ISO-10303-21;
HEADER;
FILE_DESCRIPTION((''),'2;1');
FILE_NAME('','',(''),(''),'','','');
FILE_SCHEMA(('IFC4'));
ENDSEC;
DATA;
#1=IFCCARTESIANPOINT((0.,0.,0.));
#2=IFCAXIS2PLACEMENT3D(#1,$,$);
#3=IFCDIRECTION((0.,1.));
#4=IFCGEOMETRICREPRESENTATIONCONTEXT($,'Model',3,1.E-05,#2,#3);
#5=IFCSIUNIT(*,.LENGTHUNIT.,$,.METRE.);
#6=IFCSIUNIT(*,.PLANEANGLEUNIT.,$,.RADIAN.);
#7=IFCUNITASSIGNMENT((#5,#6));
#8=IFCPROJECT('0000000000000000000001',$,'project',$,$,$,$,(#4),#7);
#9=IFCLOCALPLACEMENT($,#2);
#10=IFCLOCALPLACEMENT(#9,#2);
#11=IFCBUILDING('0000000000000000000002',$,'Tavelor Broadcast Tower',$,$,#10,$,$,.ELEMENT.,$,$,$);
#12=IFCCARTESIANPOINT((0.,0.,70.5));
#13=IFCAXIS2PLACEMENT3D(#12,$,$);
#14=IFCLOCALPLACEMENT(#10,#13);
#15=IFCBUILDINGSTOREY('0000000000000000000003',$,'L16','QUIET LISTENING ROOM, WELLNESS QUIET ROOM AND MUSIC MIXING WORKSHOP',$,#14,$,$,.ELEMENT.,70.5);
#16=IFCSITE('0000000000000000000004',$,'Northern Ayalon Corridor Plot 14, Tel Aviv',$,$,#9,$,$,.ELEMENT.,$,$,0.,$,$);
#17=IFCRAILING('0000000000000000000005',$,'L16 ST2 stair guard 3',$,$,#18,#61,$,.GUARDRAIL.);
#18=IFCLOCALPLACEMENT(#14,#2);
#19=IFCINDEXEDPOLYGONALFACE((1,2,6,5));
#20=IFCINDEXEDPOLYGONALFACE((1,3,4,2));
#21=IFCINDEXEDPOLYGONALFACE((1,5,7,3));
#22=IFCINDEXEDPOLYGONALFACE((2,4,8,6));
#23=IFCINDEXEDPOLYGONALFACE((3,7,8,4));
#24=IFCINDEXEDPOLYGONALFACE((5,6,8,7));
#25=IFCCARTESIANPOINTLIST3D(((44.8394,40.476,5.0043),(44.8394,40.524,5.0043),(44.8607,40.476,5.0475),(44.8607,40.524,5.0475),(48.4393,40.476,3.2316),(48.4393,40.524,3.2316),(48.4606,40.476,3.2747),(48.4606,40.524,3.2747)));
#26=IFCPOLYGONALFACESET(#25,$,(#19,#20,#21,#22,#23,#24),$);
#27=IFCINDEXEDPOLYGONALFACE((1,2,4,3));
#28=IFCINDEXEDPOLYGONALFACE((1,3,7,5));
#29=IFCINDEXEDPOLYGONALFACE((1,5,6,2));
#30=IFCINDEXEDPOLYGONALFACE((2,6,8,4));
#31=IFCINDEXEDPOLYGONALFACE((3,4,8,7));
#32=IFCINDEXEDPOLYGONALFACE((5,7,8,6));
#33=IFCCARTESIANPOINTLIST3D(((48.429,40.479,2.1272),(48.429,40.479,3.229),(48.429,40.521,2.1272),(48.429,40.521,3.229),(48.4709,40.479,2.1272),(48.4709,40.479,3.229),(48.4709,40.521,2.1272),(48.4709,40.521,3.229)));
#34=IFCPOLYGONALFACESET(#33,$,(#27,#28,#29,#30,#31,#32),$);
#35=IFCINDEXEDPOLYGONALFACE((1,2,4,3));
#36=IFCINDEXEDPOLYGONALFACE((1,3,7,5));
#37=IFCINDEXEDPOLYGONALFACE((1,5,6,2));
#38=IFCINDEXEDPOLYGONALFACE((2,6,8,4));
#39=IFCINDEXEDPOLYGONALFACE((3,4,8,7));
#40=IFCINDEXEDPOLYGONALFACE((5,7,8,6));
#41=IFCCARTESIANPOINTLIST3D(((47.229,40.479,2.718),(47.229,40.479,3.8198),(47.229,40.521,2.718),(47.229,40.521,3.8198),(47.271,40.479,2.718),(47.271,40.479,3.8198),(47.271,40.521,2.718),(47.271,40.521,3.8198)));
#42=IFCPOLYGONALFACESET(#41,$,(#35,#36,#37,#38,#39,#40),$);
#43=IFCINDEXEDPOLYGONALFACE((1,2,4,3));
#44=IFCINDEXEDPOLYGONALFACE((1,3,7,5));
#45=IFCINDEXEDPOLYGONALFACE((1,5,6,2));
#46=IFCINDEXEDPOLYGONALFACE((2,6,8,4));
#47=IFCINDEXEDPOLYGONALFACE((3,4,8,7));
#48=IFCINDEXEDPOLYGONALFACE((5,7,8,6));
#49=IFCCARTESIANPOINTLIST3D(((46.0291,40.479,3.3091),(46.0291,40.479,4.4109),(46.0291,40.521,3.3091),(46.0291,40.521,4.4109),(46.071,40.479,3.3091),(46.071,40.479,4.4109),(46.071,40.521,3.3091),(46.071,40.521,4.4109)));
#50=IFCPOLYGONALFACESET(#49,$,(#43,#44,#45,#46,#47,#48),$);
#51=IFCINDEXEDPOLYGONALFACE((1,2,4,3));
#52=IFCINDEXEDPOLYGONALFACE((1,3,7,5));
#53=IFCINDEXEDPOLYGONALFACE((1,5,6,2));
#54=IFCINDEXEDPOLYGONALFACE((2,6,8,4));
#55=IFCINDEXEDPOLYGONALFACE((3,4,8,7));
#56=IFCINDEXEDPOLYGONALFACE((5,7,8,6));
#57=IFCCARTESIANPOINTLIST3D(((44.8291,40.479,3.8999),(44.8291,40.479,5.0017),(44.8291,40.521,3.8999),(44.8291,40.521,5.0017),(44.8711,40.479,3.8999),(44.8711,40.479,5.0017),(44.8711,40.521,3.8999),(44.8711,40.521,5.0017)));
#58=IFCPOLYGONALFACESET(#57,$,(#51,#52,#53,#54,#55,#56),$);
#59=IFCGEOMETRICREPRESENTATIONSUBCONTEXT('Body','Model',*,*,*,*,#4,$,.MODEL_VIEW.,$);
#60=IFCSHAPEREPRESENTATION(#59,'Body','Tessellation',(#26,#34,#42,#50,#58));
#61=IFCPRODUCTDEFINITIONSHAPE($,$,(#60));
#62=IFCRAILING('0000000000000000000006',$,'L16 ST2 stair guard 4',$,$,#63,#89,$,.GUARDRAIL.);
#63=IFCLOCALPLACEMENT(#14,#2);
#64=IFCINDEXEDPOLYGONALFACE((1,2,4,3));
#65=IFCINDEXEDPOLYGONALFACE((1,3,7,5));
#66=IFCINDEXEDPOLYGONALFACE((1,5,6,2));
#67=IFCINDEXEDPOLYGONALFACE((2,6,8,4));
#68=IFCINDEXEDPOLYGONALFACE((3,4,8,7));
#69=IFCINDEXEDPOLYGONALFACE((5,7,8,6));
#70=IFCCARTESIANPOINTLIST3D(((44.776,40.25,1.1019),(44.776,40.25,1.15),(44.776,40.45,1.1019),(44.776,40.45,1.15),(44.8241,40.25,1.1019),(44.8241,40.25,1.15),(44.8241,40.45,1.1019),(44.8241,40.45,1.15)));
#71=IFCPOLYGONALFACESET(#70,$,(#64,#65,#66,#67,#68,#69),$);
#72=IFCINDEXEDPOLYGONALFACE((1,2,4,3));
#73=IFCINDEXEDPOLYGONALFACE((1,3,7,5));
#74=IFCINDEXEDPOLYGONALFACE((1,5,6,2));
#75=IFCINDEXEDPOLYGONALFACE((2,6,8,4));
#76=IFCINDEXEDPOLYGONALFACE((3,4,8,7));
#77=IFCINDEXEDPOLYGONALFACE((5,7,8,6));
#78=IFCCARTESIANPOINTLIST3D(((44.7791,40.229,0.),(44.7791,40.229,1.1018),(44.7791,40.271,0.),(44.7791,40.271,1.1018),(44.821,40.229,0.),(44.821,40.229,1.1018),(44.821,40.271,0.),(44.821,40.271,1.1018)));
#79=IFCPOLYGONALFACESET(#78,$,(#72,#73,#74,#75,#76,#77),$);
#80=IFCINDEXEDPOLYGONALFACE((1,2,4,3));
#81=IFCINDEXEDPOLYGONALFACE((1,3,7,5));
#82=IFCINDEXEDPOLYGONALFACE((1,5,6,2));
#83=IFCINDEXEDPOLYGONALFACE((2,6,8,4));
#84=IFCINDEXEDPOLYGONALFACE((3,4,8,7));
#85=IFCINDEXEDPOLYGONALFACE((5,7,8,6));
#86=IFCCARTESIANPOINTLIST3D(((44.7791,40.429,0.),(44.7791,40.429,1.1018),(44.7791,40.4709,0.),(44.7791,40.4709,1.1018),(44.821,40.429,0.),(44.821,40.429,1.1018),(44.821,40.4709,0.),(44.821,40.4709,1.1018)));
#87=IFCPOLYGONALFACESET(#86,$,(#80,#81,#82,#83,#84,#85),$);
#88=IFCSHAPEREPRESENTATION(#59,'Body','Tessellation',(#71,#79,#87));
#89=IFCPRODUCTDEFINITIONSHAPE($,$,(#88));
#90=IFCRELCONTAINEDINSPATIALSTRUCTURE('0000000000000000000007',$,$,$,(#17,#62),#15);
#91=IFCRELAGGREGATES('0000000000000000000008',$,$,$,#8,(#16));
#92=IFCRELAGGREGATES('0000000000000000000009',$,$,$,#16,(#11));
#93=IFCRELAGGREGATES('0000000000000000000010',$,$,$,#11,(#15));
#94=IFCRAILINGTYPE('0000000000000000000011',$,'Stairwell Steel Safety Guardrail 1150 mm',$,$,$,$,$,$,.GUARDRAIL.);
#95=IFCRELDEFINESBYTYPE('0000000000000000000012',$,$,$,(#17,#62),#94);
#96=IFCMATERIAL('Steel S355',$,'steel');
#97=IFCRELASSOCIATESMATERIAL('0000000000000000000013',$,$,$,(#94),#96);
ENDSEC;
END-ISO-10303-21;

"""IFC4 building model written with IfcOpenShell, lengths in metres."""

from ifc_helpers import new_model, si_unit, direction, frame, origin, origin_2d, place, context, subcontext, project, spatial, rectangle, extrude, material, type_object, element, save


model = new_model("IFC4")

# Units and contexts
model_context = context("Model", 3, precision=1e-05, world=origin(), true_north=direction((0.0, 1.0)))
body_context = subcontext(model_context, "Body", "Model", "MODEL_VIEW")
ifc_project = project(units=[si_unit("LENGTHUNIT", "METRE"), si_unit("PLANEANGLEUNIT", "RADIAN")], contexts=[model_context])

# Site, building, storey
site_placement = place(None, origin())
site = spatial("IfcSite", under=ifc_project, at=site_placement, Name="Northern Ayalon Corridor Plot 14, Tel Aviv", CompositionType="ELEMENT", RefElevation=0.0)
building_placement = place(site_placement, origin())
building = spatial("IfcBuilding", under=site, at=building_placement, Name="Tavelor Broadcast Tower", CompositionType="ELEMENT")
storey_placement = place(building_placement, frame((0.0, 0.0, 70.5)))
storey = spatial("IfcBuildingStorey", under=building, at=storey_placement, Name="L16", Description="QUIET LISTENING ROOM, WELLNESS QUIET ROOM AND MUSIC MIXING WORKSHOP", CompositionType="ELEMENT", Elevation=70.5)

# Shared definitions
ifc_material_1 = material(Name="Steel S355", Category="steel")

# Railings
railing_type_1 = type_object("IfcRailingType", Name="Stairwell Steel Safety Guardrail 1150 mm", PredefinedType="GUARDRAIL", material=ifc_material_1)
railing_1_placement = place(storey_placement, frame((48.45, 40.5, 2.1272)))
element("IfcRailing", 1, at=railing_1_placement, inside=storey, type_object=railing_type_1, Name="L16 ST2 stair guard 3", PredefinedType="GUARDRAIL", context=body_context, shape_type="SweptSolid", body=[
    extrude(rectangle(XDim=0.0481, YDim=0.0481, at=origin_2d()), frame((0.0, 0.0, 1.126), z_axis=(-0.897124, 0.0, 0.441778), x_axis=(0.0, -1.0, 0.0)), (0.0, 0.0, 1.0), 4.0127),
    extrude(rectangle(XDim=0.042, YDim=0.042, at=origin_2d()), origin(), (0.0, 0.0, 1.0), 1.1018),
    extrude(rectangle(XDim=0.042, YDim=0.042, at=origin_2d()), frame((-1.2, 0.0, 0.5908)), (0.0, 0.0, 1.0), 1.1018),
    extrude(rectangle(XDim=0.042, YDim=0.042, at=origin_2d()), frame((-2.3999, 0.0, 1.1819)), (0.0, 0.0, 1.0), 1.1018),
    extrude(rectangle(XDim=0.042, YDim=0.042, at=origin_2d()), frame((-3.5999, 0.0, 1.7727)), (0.0, 0.0, 1.0), 1.1018),
])
railing_2_placement = place(storey_placement, frame((44.8, 40.25, 0.0)))
element("IfcRailing", 2, at=railing_2_placement, inside=storey, type_object=railing_type_1, Name="L16 ST2 stair guard 4", PredefinedType="GUARDRAIL", context=body_context, shape_type="SweptSolid", body=[
    extrude(rectangle(XDim=0.0481, YDim=0.0481, at=origin_2d()), frame((0.0, 0.0, 1.126), z_axis=(0.0, 1.0, 0.0), x_axis=(-1.0, 0.0, 0.0)), (0.0, 0.0, 1.0), 0.2),
    extrude(rectangle(XDim=0.042, YDim=0.042, at=origin_2d()), origin(), (0.0, 0.0, 1.0), 1.1018),
    extrude(rectangle(XDim=0.042, YDim=0.042, at=origin_2d()), frame((0.0, 0.2, 0.0)), (0.0, 0.0, 1.0), 1.1018),
])

save(model, "model.ifc")
